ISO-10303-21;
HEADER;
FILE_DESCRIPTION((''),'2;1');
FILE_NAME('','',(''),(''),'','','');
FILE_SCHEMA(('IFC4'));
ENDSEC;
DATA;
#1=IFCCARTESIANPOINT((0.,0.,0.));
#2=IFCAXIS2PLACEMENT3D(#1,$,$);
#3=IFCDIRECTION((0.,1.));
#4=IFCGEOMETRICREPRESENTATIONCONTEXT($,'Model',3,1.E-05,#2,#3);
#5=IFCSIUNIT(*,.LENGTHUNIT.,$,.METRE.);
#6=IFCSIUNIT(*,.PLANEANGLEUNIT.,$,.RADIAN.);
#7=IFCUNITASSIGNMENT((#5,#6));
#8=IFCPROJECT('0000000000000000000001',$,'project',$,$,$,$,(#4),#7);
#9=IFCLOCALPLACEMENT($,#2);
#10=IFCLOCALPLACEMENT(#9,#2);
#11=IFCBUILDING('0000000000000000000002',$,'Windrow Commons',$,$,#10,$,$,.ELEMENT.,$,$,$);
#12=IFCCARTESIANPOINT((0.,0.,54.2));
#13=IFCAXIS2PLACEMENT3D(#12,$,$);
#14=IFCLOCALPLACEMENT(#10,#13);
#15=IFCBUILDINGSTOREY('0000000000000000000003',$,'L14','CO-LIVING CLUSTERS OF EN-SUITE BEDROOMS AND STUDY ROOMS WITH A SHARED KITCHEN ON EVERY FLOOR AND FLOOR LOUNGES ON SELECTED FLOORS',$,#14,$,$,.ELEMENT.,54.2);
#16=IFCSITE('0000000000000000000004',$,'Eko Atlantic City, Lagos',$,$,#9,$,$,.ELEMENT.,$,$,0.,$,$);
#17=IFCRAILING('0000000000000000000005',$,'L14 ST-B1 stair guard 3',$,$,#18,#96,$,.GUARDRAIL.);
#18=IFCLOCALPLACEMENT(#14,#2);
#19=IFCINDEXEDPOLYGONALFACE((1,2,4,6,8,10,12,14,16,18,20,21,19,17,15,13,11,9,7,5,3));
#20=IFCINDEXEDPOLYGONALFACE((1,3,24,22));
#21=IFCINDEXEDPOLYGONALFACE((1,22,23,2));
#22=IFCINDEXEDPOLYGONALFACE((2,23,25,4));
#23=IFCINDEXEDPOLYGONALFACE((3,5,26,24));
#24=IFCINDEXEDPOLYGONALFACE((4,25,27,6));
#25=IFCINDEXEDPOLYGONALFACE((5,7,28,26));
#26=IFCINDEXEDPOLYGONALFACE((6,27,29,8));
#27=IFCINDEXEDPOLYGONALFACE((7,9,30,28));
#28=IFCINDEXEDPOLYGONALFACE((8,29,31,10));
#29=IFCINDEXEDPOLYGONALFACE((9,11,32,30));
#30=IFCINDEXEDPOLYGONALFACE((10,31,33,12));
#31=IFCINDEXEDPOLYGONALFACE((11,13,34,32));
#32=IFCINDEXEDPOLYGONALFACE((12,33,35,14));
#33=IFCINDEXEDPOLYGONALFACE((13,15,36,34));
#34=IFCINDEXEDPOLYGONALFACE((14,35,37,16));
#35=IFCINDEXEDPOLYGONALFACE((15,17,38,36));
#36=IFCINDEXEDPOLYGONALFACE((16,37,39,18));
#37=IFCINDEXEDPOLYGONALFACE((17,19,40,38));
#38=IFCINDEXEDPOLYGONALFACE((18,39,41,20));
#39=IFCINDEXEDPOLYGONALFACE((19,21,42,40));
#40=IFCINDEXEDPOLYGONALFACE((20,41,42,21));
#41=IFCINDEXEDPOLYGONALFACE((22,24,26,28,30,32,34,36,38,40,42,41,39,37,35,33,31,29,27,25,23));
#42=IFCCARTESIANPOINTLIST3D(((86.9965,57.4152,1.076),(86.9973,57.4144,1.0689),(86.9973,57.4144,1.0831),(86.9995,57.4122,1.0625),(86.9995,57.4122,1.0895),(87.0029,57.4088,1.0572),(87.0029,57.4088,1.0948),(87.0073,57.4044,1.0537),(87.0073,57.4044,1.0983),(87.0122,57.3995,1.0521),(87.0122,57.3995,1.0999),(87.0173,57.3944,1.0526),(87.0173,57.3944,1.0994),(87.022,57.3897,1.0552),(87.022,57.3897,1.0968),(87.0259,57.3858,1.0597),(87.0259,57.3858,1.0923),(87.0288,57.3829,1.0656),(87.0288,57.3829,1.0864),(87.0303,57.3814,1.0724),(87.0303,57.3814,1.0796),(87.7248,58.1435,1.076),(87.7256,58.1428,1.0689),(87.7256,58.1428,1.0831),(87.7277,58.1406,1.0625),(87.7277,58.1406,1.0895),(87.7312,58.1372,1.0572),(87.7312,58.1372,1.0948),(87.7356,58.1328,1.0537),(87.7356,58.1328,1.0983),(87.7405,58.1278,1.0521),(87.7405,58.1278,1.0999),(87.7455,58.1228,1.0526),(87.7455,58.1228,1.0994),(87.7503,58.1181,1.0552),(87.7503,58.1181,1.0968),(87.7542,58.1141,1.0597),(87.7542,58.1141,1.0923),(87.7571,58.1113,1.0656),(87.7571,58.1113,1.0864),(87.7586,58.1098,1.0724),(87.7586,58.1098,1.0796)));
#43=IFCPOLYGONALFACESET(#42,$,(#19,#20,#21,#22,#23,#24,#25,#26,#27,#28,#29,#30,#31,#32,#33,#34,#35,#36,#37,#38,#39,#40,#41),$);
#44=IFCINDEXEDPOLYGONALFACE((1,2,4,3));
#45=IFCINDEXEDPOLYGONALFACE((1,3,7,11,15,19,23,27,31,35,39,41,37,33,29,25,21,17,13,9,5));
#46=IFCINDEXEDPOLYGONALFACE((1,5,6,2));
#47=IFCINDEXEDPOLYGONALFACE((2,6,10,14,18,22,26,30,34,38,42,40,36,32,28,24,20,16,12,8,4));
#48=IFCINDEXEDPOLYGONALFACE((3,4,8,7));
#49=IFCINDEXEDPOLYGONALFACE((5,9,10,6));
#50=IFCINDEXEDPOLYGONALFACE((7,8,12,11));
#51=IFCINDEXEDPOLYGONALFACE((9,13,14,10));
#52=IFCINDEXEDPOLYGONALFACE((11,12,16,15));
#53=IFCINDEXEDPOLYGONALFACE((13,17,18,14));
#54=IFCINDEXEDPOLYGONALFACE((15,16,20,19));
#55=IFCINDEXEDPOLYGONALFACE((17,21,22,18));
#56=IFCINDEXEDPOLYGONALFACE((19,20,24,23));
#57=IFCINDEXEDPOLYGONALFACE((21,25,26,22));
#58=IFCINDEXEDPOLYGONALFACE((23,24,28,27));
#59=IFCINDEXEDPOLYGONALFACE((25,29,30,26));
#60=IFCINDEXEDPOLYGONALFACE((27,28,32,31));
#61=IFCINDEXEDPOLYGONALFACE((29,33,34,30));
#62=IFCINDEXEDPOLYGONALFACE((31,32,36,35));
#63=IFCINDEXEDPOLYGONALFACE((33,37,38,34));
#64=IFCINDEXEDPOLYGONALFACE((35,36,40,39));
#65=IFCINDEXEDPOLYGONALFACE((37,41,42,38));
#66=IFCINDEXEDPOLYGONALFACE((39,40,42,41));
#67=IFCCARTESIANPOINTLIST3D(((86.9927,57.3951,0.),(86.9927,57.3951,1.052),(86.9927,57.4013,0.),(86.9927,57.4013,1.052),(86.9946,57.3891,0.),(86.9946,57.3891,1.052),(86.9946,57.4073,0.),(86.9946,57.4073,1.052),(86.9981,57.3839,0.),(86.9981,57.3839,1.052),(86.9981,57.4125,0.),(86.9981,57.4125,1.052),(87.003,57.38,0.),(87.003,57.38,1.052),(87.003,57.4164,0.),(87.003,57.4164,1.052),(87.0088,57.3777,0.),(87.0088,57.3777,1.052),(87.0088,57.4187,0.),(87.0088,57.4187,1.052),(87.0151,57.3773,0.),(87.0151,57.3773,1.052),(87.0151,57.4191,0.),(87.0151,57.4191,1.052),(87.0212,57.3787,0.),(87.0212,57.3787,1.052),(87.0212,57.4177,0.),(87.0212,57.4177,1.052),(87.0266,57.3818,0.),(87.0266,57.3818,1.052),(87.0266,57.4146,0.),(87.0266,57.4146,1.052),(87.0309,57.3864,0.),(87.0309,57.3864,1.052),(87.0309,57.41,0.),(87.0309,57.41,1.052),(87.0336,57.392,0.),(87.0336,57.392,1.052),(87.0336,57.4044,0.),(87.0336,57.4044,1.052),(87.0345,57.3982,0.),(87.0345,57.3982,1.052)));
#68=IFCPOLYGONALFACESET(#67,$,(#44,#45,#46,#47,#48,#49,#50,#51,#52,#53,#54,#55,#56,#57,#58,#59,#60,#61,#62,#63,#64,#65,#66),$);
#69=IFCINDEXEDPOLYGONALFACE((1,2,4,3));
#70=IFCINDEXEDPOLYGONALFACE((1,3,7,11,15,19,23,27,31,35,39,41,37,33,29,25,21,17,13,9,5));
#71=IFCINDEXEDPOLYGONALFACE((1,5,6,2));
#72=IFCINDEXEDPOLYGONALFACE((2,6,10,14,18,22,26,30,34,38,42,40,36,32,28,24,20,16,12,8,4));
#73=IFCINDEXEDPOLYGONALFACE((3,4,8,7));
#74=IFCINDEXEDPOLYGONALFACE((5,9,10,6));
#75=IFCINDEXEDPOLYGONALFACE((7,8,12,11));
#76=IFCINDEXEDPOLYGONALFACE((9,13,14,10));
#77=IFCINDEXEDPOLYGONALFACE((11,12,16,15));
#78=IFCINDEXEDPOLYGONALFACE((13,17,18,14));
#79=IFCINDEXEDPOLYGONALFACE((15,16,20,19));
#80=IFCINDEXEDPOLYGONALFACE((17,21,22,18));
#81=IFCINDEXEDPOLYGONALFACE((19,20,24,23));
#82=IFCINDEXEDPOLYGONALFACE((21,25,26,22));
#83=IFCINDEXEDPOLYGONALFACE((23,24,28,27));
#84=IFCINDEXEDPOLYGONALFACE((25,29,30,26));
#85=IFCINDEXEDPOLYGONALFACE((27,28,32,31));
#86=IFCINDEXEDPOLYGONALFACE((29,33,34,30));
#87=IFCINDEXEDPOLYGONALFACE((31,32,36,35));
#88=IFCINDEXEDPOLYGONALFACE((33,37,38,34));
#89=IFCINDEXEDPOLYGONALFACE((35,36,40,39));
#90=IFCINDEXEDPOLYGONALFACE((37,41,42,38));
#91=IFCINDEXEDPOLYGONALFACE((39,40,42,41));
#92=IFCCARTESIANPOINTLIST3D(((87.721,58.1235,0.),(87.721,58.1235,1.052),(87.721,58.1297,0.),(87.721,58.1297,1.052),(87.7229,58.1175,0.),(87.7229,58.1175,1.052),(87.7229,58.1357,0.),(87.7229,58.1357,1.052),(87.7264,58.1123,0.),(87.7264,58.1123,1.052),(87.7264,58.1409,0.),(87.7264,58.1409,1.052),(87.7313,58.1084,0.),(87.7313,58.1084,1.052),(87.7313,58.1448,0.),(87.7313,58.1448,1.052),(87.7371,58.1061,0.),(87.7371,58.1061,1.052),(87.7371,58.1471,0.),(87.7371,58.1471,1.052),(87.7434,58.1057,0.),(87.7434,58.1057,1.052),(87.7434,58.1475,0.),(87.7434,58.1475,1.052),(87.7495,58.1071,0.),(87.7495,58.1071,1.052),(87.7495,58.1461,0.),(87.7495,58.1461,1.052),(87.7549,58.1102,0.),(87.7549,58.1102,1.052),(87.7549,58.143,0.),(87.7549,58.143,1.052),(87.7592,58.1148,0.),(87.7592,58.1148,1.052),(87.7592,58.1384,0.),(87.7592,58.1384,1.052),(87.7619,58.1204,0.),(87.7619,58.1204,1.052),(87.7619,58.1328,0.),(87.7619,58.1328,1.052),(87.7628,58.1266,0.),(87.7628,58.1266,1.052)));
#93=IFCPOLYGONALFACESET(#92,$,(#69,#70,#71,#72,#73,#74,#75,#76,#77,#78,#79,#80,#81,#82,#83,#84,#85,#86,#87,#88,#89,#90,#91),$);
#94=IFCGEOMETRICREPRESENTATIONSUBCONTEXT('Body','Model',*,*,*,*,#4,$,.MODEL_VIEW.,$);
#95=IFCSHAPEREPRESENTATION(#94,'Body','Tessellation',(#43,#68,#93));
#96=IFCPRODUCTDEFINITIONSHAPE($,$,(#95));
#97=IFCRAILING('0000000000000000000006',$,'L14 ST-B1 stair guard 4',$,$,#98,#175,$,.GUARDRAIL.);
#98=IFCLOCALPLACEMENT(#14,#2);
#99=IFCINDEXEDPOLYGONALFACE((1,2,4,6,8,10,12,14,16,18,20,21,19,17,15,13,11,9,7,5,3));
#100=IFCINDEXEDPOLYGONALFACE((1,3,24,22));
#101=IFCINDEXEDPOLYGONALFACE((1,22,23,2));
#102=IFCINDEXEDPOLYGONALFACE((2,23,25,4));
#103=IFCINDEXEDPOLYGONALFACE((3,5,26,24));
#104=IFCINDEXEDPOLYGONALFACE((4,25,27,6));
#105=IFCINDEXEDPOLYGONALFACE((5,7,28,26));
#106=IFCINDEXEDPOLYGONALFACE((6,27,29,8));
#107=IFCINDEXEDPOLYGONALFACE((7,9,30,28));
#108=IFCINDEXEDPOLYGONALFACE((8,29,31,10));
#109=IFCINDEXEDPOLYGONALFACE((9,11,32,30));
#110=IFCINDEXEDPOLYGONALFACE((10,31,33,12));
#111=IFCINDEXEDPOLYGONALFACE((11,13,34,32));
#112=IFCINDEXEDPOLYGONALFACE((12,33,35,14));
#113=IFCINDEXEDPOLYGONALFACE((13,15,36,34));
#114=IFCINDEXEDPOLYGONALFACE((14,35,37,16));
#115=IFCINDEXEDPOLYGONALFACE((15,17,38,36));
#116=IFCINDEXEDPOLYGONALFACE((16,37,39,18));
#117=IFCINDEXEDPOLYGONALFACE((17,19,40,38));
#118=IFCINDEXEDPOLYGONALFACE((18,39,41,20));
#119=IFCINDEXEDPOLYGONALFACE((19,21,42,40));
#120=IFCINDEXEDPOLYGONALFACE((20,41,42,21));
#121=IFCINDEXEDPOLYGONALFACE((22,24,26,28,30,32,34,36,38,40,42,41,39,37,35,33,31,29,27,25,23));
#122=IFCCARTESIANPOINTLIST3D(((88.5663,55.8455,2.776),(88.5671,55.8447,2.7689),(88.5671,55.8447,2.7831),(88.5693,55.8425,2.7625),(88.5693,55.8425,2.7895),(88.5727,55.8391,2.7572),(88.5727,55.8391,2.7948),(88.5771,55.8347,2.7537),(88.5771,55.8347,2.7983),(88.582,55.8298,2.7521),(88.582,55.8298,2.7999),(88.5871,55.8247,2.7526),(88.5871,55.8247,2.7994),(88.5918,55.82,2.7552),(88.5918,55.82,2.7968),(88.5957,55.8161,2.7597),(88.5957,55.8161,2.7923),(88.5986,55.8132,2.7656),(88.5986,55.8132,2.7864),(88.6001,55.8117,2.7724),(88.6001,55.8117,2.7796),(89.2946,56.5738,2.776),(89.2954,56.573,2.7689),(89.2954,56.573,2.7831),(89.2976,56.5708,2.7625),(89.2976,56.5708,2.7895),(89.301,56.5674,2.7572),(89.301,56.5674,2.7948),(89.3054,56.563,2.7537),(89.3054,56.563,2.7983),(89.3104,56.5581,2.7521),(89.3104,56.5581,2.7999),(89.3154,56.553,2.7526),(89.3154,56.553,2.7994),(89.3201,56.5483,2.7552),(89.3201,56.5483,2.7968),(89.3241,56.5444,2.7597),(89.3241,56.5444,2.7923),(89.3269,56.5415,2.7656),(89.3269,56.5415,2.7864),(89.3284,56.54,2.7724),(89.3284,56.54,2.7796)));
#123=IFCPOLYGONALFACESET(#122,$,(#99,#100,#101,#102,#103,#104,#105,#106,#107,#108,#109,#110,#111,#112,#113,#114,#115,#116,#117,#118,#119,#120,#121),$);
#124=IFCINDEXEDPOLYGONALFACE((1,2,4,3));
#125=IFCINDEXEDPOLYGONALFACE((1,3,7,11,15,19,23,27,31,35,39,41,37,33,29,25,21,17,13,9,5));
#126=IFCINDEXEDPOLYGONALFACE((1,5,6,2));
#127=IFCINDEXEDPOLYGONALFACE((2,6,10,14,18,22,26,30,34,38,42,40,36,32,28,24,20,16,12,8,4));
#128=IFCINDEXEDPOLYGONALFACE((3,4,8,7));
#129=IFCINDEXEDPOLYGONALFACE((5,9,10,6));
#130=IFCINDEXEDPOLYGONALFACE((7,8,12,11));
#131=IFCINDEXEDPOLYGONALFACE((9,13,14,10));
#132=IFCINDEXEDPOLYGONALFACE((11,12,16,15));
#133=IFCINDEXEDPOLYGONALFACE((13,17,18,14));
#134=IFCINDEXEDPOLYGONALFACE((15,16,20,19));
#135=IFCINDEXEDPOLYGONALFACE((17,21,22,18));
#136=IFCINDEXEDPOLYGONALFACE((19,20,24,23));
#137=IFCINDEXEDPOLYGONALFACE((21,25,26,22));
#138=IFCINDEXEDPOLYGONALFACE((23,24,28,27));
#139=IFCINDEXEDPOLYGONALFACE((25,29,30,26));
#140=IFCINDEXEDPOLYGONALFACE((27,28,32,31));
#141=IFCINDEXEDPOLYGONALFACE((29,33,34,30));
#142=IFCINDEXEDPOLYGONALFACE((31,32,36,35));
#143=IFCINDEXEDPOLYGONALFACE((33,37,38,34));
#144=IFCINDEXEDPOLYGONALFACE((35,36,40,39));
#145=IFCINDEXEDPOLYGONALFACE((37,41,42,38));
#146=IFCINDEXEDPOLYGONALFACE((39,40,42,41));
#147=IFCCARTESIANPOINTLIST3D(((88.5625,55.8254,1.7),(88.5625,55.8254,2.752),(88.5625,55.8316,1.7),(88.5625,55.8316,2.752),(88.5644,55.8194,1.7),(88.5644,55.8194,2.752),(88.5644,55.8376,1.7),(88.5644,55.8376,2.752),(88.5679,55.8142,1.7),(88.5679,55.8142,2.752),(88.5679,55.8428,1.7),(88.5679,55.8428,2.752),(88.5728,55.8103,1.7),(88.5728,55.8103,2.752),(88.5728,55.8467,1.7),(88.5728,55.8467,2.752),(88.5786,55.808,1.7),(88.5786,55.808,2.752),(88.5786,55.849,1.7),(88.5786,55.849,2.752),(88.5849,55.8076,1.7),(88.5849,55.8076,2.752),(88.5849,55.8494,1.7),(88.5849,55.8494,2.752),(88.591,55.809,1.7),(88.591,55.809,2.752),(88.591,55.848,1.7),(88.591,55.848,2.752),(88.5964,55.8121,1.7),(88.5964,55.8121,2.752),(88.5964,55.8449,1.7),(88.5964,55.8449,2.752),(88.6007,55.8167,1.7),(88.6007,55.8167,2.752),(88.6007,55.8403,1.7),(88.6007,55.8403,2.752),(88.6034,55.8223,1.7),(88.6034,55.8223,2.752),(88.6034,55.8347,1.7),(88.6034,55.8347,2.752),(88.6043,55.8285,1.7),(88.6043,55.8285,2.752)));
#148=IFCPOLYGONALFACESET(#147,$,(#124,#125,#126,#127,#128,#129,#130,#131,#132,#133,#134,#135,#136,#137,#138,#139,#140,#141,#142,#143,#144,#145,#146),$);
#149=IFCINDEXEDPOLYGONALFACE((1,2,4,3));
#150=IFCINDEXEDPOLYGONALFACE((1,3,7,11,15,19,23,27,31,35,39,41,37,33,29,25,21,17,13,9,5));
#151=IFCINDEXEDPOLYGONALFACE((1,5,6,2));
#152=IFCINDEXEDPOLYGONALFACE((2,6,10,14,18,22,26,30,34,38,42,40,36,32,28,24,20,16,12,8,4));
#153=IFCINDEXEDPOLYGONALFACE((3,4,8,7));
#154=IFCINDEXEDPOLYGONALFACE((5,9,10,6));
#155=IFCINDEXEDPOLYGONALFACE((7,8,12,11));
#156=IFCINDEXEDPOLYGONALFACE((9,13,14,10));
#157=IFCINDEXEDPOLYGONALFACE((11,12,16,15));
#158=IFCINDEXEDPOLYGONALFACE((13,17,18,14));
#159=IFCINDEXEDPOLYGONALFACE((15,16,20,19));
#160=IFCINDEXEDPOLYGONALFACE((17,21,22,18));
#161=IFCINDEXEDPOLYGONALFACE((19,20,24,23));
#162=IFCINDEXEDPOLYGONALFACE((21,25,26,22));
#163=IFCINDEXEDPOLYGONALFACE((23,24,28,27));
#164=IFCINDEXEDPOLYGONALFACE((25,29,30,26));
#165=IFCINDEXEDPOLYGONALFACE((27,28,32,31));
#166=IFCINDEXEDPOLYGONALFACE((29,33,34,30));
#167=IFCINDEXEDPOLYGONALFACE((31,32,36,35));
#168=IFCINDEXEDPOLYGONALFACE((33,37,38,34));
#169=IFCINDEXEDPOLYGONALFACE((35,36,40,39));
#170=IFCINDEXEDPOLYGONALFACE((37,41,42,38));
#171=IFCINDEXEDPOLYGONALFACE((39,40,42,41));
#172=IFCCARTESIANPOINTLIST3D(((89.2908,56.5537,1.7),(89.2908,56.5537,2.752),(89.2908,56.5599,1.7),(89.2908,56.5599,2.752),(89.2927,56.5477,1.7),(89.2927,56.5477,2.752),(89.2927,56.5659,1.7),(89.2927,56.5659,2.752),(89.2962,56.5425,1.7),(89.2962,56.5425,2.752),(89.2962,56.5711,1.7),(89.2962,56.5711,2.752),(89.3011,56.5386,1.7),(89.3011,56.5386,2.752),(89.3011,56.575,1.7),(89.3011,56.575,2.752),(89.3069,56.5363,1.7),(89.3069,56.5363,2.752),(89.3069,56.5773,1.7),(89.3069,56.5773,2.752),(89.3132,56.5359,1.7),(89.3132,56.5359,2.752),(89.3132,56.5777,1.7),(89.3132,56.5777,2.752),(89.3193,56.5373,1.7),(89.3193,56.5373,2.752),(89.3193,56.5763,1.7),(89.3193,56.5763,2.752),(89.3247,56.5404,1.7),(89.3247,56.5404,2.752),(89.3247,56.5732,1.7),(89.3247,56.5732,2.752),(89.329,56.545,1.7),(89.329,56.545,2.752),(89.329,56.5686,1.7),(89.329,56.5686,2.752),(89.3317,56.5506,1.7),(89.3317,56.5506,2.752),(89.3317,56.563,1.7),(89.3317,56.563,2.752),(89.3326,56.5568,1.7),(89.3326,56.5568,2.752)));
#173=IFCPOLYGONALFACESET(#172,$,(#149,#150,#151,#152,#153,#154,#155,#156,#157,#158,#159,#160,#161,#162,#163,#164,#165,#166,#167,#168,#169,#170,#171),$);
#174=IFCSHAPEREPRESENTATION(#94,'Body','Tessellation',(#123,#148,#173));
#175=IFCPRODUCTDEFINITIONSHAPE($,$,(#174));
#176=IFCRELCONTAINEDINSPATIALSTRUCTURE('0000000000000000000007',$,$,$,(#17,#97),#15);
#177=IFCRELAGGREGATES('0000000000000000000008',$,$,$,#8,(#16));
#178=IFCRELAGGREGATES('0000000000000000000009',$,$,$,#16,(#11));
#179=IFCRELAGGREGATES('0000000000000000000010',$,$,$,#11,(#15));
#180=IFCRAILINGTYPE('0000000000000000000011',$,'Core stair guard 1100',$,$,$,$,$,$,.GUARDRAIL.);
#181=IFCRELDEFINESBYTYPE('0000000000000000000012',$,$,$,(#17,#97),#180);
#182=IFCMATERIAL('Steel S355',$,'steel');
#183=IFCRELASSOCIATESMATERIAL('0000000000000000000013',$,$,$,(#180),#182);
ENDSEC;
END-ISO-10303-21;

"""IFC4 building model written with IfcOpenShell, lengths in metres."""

from ifc_helpers import new_model, si_unit, direction, frame, origin, origin_2d, place, context, subcontext, project, spatial, circle, extrude, material, type_object, element, save


model = new_model("IFC4")

# Units and contexts
model_context = context("Model", 3, precision=1e-05, world=origin(), true_north=direction((0.0, 1.0)))
body_context = subcontext(model_context, "Body", "Model", "MODEL_VIEW")
ifc_project = project(units=[si_unit("LENGTHUNIT", "METRE"), si_unit("PLANEANGLEUNIT", "RADIAN")], contexts=[model_context])

# Site, building, storey
site_placement = place(None, origin())
site = spatial("IfcSite", under=ifc_project, at=site_placement, Name="Eko Atlantic City, Lagos", CompositionType="ELEMENT", RefElevation=0.0)
building_placement = place(site_placement, origin())
building = spatial("IfcBuilding", under=site, at=building_placement, Name="Windrow Commons", CompositionType="ELEMENT")
storey_placement = place(building_placement, frame((0.0, 0.0, 54.2)))
storey = spatial("IfcBuildingStorey", under=building, at=storey_placement, Name="L14", Description="CO-LIVING CLUSTERS OF EN-SUITE BEDROOMS AND STUDY ROOMS WITH A SHARED KITCHEN ON EVERY FLOOR AND FLOOR LOUNGES ON SELECTED FLOORS", CompositionType="ELEMENT", Elevation=54.2)

# Railings
ifc_material_1 = material(Name="Steel S355", Category="steel")
railing_type_1 = type_object("IfcRailingType", Name="Core stair guard 1100", PredefinedType="GUARDRAIL", material=ifc_material_1)
railing_1_placement = place(storey_placement, frame((87.0135, 57.3982, 0.0)))
element("IfcRailing", 1, at=railing_1_placement, inside=storey, type_object=railing_type_1, Name="L14 ST-B1 stair guard 3", PredefinedType="GUARDRAIL", context=body_context, shape_type="SweptSolid", body=[
    extrude(circle(Radius=0.024, at=origin_2d()), frame((0.0, 0.0, 1.076), z_axis=(0.707058, 0.707155, 0.0), x_axis=(-0.707155, 0.707058, 0.0)), (0.0, 0.0, 1.0), 1.03),
    extrude(circle(Radius=0.021, at=origin_2d()), origin(), (0.0, 0.0, 1.0), 1.052),
    extrude(circle(Radius=0.021, at=origin_2d()), frame((0.7283, 0.7284, 0.0)), (0.0, 0.0, 1.0), 1.052),
])
railing_2_placement = place(storey_placement, frame((88.5833, 55.8285, 1.7)))
element("IfcRailing", 2, at=railing_2_placement, inside=storey, type_object=railing_type_1, Name="L14 ST-B1 stair guard 4", PredefinedType="GUARDRAIL", context=body_context, shape_type="SweptSolid", body=[
    extrude(circle(Radius=0.024, at=origin_2d()), frame((0.0, 0.0, 1.076), z_axis=(0.707107, 0.707107, 0.0), x_axis=(-0.707107, 0.707107, 0.0)), (0.0, 0.0, 1.0), 1.03),
    extrude(circle(Radius=0.021, at=origin_2d()), origin(), (0.0, 0.0, 1.0), 1.052),
    extrude(circle(Radius=0.021, at=origin_2d()), frame((0.7283, 0.7283, 0.0)), (0.0, 0.0, 1.0), 1.052),
])

save(model, "model.ifc")
